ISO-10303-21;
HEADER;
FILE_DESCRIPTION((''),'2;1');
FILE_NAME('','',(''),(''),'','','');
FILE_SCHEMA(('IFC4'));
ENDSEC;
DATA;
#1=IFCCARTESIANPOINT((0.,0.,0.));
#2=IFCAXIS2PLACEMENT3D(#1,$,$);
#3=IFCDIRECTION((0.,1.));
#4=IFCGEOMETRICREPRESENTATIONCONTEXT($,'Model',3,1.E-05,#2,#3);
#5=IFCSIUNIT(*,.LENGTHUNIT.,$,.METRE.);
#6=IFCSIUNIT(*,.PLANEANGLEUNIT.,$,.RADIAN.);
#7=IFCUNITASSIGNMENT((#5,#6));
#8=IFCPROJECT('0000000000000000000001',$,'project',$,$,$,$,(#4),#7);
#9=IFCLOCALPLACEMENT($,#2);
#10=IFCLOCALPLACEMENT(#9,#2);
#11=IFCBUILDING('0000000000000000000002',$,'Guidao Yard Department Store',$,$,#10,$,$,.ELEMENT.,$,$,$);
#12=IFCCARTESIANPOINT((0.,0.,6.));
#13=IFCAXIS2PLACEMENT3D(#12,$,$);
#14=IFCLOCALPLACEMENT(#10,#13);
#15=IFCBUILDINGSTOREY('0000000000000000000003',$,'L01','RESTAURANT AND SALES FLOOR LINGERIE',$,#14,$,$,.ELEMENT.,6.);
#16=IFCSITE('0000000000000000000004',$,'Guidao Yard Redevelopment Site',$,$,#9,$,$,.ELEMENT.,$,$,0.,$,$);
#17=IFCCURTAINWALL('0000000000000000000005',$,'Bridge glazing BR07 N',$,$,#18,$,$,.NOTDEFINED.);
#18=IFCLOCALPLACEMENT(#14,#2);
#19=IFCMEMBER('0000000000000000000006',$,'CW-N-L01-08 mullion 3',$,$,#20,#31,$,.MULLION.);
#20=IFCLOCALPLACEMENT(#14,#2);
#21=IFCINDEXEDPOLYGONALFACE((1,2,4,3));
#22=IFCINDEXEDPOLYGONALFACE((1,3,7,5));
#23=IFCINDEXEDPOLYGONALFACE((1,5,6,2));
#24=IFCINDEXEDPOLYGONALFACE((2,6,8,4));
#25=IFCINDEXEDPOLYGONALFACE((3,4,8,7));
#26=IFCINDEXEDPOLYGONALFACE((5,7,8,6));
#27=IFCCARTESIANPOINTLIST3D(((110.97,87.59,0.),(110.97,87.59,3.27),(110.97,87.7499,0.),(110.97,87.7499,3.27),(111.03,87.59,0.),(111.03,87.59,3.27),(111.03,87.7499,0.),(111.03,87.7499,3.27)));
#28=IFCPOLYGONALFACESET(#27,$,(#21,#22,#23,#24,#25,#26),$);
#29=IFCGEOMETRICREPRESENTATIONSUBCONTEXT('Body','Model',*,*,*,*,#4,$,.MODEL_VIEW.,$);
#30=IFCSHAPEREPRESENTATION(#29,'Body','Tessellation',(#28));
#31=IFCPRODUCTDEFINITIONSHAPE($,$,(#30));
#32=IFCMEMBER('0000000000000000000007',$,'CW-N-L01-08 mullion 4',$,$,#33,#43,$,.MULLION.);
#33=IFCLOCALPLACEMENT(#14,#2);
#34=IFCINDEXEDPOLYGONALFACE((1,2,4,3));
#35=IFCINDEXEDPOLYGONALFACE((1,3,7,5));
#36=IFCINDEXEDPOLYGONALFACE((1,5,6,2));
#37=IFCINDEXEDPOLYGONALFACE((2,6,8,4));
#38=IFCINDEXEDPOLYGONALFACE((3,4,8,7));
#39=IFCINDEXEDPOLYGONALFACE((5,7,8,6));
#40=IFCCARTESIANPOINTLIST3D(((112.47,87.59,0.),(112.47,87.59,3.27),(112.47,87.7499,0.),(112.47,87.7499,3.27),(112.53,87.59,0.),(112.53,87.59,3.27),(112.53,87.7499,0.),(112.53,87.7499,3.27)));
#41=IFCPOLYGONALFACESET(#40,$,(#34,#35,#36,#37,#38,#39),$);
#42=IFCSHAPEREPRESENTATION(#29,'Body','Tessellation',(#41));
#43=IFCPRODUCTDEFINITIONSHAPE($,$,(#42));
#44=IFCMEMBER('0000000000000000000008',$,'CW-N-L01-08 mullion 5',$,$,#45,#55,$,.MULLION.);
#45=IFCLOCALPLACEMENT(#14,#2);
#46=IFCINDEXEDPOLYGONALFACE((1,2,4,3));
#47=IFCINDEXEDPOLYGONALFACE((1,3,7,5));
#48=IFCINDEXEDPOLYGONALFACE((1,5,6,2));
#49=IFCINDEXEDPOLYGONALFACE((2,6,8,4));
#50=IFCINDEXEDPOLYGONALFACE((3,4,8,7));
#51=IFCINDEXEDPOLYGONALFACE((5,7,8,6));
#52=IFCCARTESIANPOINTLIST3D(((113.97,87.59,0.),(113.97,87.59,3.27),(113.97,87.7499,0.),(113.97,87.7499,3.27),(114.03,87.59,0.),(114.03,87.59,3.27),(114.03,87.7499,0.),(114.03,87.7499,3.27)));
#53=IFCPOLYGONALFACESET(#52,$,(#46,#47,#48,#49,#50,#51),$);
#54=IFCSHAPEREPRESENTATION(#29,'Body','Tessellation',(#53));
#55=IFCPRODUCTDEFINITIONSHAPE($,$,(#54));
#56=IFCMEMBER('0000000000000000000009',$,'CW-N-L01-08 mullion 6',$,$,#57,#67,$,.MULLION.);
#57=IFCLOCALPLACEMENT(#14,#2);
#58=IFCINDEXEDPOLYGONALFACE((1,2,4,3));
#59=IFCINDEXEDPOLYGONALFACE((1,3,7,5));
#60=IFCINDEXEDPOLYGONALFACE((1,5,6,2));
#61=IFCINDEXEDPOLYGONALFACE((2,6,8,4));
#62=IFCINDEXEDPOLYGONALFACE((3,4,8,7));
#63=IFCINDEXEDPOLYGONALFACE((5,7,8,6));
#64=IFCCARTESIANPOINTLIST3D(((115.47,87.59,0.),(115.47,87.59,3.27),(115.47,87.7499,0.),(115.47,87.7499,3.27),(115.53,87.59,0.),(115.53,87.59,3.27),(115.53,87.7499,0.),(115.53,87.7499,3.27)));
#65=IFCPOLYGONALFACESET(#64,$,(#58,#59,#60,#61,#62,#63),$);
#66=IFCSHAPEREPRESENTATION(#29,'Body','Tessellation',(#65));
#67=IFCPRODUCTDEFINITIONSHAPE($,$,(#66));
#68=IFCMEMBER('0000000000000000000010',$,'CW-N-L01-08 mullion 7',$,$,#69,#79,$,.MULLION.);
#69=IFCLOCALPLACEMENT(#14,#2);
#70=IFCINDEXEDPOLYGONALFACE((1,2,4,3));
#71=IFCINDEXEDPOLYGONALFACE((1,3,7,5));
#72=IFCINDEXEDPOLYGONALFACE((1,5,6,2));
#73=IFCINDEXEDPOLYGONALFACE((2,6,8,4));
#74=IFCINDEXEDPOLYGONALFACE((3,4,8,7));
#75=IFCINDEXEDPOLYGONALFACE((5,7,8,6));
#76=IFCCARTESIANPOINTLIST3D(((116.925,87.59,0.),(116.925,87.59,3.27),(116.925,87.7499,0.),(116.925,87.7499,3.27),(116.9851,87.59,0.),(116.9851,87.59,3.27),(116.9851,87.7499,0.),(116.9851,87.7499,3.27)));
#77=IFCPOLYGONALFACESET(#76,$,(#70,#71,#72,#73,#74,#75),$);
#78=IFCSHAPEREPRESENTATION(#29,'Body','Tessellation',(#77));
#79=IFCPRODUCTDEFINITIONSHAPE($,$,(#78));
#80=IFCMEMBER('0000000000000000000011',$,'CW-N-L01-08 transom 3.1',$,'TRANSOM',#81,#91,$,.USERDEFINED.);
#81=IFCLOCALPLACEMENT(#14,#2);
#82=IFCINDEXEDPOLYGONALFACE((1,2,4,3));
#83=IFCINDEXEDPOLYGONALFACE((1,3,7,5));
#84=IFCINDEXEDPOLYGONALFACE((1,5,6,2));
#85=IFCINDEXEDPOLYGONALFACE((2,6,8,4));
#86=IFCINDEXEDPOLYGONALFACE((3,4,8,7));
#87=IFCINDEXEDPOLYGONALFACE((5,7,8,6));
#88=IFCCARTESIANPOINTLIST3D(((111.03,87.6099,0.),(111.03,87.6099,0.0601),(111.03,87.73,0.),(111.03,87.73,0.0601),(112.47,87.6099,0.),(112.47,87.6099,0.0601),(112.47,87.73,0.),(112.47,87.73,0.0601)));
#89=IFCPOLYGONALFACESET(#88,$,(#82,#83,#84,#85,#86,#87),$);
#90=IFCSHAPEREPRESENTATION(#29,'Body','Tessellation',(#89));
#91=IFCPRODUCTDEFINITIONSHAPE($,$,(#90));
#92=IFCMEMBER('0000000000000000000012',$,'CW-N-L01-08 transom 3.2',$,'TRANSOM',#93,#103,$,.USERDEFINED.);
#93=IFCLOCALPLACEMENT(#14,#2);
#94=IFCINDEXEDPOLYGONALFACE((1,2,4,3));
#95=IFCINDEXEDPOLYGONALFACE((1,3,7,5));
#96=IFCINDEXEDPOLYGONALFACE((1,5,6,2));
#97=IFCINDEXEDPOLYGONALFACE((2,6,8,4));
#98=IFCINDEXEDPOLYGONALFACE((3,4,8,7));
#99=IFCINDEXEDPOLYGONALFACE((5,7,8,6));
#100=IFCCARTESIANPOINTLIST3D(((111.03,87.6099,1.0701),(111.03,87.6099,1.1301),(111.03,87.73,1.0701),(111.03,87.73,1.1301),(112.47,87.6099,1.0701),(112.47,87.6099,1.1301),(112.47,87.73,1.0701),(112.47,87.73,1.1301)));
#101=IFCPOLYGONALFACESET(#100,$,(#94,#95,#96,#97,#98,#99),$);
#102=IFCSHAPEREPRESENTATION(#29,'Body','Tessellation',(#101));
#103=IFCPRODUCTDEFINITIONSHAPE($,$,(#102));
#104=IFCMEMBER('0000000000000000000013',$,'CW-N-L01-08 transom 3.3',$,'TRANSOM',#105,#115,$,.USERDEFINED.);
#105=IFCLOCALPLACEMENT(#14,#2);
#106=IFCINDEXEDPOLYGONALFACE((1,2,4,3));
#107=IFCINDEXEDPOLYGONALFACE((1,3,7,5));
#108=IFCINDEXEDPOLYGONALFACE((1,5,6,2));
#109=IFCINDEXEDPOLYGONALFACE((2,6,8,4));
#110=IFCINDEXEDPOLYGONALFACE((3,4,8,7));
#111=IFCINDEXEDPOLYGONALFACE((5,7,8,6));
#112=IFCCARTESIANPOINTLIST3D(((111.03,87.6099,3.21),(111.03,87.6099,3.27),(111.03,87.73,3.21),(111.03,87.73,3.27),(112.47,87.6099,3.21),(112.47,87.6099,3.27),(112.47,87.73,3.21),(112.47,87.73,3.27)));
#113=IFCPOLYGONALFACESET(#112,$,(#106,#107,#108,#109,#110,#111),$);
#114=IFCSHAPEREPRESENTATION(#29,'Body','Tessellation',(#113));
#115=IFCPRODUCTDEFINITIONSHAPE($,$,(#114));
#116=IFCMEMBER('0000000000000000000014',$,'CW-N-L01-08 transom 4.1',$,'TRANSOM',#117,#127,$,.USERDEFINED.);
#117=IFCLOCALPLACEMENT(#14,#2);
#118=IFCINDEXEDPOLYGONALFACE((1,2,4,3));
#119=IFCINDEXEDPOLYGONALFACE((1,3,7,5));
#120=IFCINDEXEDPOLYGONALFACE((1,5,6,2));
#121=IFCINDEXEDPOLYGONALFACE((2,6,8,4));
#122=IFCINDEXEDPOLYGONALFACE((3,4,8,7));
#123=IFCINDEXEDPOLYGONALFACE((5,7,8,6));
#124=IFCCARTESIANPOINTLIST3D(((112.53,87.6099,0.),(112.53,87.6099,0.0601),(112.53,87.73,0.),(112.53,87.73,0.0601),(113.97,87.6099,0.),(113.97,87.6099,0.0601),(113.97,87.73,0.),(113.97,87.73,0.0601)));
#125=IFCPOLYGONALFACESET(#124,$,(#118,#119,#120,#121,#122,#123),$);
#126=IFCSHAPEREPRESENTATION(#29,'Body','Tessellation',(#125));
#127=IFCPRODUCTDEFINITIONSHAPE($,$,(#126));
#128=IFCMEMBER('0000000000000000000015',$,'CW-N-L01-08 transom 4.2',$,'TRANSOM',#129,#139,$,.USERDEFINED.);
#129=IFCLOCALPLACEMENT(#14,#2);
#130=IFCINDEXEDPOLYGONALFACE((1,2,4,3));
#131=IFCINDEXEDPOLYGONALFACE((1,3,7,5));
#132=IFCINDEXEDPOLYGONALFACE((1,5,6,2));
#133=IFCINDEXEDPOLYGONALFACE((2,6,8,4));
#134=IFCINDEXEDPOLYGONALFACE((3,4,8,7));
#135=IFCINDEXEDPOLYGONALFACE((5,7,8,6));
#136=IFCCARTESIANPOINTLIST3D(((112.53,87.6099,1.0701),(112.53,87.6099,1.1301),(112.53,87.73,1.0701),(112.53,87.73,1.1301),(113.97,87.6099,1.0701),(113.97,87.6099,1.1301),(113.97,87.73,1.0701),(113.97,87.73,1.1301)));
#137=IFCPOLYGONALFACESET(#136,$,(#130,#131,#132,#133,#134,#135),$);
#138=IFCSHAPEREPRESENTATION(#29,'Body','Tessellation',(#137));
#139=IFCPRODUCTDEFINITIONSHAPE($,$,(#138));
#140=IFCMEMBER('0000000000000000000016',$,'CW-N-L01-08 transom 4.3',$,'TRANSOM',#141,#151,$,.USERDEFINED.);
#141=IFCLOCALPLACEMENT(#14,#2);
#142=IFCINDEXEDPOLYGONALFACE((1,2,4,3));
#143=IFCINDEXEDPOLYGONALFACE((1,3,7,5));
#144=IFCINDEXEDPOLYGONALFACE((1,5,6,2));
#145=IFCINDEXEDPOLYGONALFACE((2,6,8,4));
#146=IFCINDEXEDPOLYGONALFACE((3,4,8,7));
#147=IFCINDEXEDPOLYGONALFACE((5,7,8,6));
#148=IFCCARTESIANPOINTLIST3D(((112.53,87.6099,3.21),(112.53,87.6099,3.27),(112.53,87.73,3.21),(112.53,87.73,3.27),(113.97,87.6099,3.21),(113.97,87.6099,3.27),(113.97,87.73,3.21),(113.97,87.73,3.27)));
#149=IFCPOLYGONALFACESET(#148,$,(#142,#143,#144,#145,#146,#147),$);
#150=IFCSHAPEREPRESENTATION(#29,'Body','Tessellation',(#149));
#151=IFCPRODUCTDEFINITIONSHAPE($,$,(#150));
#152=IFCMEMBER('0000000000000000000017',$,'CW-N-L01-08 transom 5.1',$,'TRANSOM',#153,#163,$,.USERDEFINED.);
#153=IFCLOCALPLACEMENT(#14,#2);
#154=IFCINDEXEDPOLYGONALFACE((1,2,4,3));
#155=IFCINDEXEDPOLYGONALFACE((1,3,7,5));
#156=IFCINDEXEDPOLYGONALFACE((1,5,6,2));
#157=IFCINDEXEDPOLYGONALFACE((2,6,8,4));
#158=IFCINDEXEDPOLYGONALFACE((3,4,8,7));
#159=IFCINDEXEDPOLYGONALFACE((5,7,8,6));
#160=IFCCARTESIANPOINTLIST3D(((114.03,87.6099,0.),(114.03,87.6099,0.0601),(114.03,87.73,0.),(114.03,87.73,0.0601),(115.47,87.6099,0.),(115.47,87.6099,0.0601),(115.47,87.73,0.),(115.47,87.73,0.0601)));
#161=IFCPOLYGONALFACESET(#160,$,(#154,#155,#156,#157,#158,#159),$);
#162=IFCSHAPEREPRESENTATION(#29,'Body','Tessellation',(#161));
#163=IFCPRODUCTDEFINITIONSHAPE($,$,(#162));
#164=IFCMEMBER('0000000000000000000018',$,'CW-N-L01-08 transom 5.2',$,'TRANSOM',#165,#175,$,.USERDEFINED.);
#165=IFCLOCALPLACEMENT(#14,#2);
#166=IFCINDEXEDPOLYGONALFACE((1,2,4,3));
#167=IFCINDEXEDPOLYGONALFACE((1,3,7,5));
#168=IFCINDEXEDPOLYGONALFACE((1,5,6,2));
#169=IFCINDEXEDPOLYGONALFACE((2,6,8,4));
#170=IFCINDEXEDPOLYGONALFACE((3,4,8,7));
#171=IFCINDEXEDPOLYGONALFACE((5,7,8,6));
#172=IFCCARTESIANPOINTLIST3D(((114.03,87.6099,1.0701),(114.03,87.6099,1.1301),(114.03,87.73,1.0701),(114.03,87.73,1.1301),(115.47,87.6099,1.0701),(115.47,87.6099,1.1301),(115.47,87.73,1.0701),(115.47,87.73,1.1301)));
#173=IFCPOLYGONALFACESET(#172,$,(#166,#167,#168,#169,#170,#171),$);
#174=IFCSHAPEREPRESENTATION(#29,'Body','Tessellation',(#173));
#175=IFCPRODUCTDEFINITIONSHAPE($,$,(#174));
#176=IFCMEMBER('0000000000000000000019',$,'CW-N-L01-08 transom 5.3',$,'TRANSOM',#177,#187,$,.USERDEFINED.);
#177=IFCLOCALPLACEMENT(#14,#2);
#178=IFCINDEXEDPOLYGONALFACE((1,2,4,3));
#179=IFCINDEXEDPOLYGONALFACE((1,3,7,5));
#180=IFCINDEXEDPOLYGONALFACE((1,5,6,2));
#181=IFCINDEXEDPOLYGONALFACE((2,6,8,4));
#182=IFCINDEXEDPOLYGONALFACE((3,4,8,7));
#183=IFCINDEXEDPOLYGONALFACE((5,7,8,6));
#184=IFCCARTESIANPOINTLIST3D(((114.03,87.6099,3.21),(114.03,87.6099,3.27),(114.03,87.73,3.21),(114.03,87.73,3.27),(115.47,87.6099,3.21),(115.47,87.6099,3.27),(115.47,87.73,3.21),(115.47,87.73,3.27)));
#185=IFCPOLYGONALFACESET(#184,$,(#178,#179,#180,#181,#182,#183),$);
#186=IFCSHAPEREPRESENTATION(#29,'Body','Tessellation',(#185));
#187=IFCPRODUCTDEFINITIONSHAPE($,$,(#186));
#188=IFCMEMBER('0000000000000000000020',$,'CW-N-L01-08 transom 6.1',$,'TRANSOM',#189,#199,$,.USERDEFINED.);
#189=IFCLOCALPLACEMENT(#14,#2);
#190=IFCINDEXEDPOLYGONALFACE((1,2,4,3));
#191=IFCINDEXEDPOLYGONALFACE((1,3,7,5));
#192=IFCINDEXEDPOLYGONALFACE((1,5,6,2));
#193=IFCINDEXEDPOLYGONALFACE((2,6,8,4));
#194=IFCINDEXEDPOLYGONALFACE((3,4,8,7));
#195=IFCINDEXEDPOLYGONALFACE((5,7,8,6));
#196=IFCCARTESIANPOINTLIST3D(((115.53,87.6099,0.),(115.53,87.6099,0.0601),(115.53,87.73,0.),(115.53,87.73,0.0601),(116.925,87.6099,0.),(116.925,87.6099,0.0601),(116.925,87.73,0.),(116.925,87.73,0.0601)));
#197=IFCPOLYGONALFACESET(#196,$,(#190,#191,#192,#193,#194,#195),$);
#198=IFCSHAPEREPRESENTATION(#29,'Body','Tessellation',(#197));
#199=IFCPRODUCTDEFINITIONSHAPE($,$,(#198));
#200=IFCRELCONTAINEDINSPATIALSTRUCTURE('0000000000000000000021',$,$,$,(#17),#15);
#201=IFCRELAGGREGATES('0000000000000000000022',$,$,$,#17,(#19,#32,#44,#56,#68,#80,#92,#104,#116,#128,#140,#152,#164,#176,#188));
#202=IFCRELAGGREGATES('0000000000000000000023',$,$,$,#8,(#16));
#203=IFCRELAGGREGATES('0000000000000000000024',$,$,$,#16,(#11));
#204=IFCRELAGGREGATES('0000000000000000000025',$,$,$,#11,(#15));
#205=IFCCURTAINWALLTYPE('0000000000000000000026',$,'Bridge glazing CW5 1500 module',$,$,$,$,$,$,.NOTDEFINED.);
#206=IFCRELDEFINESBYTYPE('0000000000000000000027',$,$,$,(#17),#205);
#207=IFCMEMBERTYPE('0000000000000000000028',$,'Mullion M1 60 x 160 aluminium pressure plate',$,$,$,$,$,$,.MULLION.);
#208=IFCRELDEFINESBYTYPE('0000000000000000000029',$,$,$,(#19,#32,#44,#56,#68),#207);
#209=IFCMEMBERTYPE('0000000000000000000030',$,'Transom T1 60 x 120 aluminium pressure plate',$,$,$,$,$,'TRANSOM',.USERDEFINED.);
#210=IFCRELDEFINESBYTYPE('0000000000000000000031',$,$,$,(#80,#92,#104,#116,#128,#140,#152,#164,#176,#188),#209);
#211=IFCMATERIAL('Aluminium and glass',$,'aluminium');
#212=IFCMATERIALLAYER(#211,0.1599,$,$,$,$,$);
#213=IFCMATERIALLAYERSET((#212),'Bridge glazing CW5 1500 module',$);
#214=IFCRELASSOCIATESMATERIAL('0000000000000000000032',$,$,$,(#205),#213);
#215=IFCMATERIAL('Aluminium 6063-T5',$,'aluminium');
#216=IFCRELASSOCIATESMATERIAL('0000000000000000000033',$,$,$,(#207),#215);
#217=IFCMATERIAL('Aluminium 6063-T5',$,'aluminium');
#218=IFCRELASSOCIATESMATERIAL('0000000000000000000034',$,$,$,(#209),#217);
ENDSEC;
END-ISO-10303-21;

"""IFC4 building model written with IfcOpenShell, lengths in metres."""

from ifc_helpers import new_model, si_unit, direction, frame, origin, origin_2d, place, context, subcontext, project, spatial, rectangle, extrude, material, layer, layer_set, material_profile, profile_set, type_object, element, aggregate, save


model = new_model("IFC4")

# Units and contexts
model_context = context("Model", 3, precision=1e-05, world=origin(), true_north=direction((0.0, 1.0)))
body_context = subcontext(model_context, "Body", "Model", "MODEL_VIEW")
ifc_project = project(units=[si_unit("LENGTHUNIT", "METRE"), si_unit("PLANEANGLEUNIT", "RADIAN")], contexts=[model_context])

# Site, building, storey
site_placement = place(None, origin())
site = spatial("IfcSite", under=ifc_project, at=site_placement, Name="Guidao Yard Redevelopment Site", CompositionType="ELEMENT", RefElevation=0.0)
building_placement = place(site_placement, origin())
building = spatial("IfcBuilding", under=site, at=building_placement, Name="Guidao Yard Department Store", CompositionType="ELEMENT")
storey_placement = place(building_placement, frame((0.0, 0.0, 6.0)))
storey = spatial("IfcBuildingStorey", under=building, at=storey_placement, Name="L01", Description="RESTAURANT AND SALES FLOOR LINGERIE", CompositionType="ELEMENT", Elevation=6.0)

# Curtain wall, members
ifc_material_1 = material(Name="Aluminium and glass", Category="aluminium")
ifc_layer_1 = layer(ifc_material_1, 0.1599)
ifc_layer_set_1 = layer_set([ifc_layer_1], Name="Bridge glazing CW5 1500 module")
curtain_wall_type = type_object("IfcCurtainWallType", Name="Bridge glazing CW5 1500 module", PredefinedType="NOTDEFINED", material=ifc_layer_set_1)
curtain_wall_placement = place(storey_placement, origin())
curtain_wall = element("IfcCurtainWall", 1, at=curtain_wall_placement, inside=storey, type_object=curtain_wall_type, Name="Bridge glazing BR07 N", PredefinedType="NOTDEFINED")
ifc_material_2 = material(Name="Aluminium 6063-T5", Category="aluminium")
ifc_material_profile_1 = material_profile(ifc_material_2, rectangle(XDim=0.0601, YDim=0.1599, at=origin_2d()), Name="Mullion M1 60 x 160 aluminium pressure plate")
ifc_profile_set_1 = profile_set([ifc_material_profile_1], Name="Aluminium 6063-T5")
member_type_1 = type_object("IfcMemberType", Name="Mullion M1 60 x 160 aluminium pressure plate", PredefinedType="MULLION", material=ifc_profile_set_1)
member_1_placement = place(storey_placement, frame((111.0, 87.6699, 0.0), z_axis=(0.0, 0.0, 1.0), x_axis=(1.0, 0.0, 0.0)))
member_1 = element("IfcMember", 2, at=member_1_placement, type_object=member_type_1, Name="CW-N-L01-08 mullion 3", PredefinedType="MULLION", context=body_context, shape_type="SweptSolid", body=[
    extrude(rectangle(XDim=0.0601, YDim=0.1599, at=origin_2d()), origin(), (0.0, 0.0, 1.0), 3.27),
])
member_2_placement = place(storey_placement, frame((112.5, 87.6699, 0.0), z_axis=(0.0, 0.0, 1.0), x_axis=(1.0, 0.0, 0.0)))
member_2 = element("IfcMember", 3, at=member_2_placement, type_object=member_type_1, Name="CW-N-L01-08 mullion 4", PredefinedType="MULLION", context=body_context, shape_type="SweptSolid", body=[
    extrude(rectangle(XDim=0.0601, YDim=0.1599, at=origin_2d()), origin(), (0.0, 0.0, 1.0), 3.27),
])
member_3_placement = place(storey_placement, frame((114.0, 87.6699, 0.0), z_axis=(0.0, 0.0, 1.0), x_axis=(1.0, 0.0, 0.0)))
member_3 = element("IfcMember", 4, at=member_3_placement, type_object=member_type_1, Name="CW-N-L01-08 mullion 5", PredefinedType="MULLION", context=body_context, shape_type="SweptSolid", body=[
    extrude(rectangle(XDim=0.0601, YDim=0.1599, at=origin_2d()), origin(), (0.0, 0.0, 1.0), 3.27),
])
member_4_placement = place(storey_placement, frame((115.5, 87.6699, 0.0), z_axis=(0.0, 0.0, 1.0), x_axis=(1.0, 0.0, 0.0)))
member_4 = element("IfcMember", 5, at=member_4_placement, type_object=member_type_1, Name="CW-N-L01-08 mullion 6", PredefinedType="MULLION", context=body_context, shape_type="SweptSolid", body=[
    extrude(rectangle(XDim=0.0601, YDim=0.1599, at=origin_2d()), origin(), (0.0, 0.0, 1.0), 3.27),
])
member_5_placement = place(storey_placement, frame((116.9551, 87.6699, 0.0), z_axis=(0.0, 0.0, 1.0), x_axis=(1.0, 0.0, 0.0)))
member_5 = element("IfcMember", 6, at=member_5_placement, type_object=member_type_1, Name="CW-N-L01-08 mullion 7", PredefinedType="MULLION", context=body_context, shape_type="SweptSolid", body=[
    extrude(rectangle(XDim=0.0601, YDim=0.1599, at=origin_2d()), origin(), (0.0, 0.0, 1.0), 3.27),
])
ifc_material_3 = material(Name="Aluminium 6063-T5", Category="aluminium")
ifc_material_profile_2 = material_profile(ifc_material_3, rectangle(XDim=0.1201, YDim=0.0601, at=origin_2d()), Name="Transom T1 60 x 120 aluminium pressure plate")
ifc_profile_set_2 = profile_set([ifc_material_profile_2], Name="Aluminium 6063-T5")
member_type_2 = type_object("IfcMemberType", Name="Transom T1 60 x 120 aluminium pressure plate", ElementType="TRANSOM", PredefinedType="USERDEFINED", material=ifc_profile_set_2)
member_6_placement = place(storey_placement, frame((111.03, 87.6699, 0.03), z_axis=(1.0, 0.0, 0.0), x_axis=(0.0, 1.0, 0.0)))
member_6 = element("IfcMember", 7, at=member_6_placement, type_object=member_type_2, Name="CW-N-L01-08 transom 3.1", ObjectType="TRANSOM", PredefinedType="USERDEFINED", context=body_context, shape_type="SweptSolid", body=[
    extrude(rectangle(XDim=0.1201, YDim=0.0601, at=origin_2d()), origin(), (0.0, 0.0, 1.0), 1.4399),
])
member_7_placement = place(storey_placement, frame((111.03, 87.6699, 1.1001), z_axis=(1.0, 0.0, 0.0), x_axis=(0.0, 1.0, 0.0)))
member_7 = element("IfcMember", 8, at=member_7_placement, type_object=member_type_2, Name="CW-N-L01-08 transom 3.2", ObjectType="TRANSOM", PredefinedType="USERDEFINED", context=body_context, shape_type="SweptSolid", body=[
    extrude(rectangle(XDim=0.1201, YDim=0.0601, at=origin_2d()), origin(), (0.0, 0.0, 1.0), 1.4399),
])
member_8_placement = place(storey_placement, frame((111.03, 87.6699, 3.24), z_axis=(1.0, 0.0, 0.0), x_axis=(0.0, 1.0, 0.0)))
member_8 = element("IfcMember", 9, at=member_8_placement, type_object=member_type_2, Name="CW-N-L01-08 transom 3.3", ObjectType="TRANSOM", PredefinedType="USERDEFINED", context=body_context, shape_type="SweptSolid", body=[
    extrude(rectangle(XDim=0.1201, YDim=0.0601, at=origin_2d()), origin(), (0.0, 0.0, 1.0), 1.4399),
])
member_9_placement = place(storey_placement, frame((112.53, 87.6699, 0.03), z_axis=(1.0, 0.0, 0.0), x_axis=(0.0, 1.0, 0.0)))
member_9 = element("IfcMember", 10, at=member_9_placement, type_object=member_type_2, Name="CW-N-L01-08 transom 4.1", ObjectType="TRANSOM", PredefinedType="USERDEFINED", context=body_context, shape_type="SweptSolid", body=[
    extrude(rectangle(XDim=0.1201, YDim=0.0601, at=origin_2d()), origin(), (0.0, 0.0, 1.0), 1.4399),
])
member_10_placement = place(storey_placement, frame((112.53, 87.6699, 1.1001), z_axis=(1.0, 0.0, 0.0), x_axis=(0.0, 1.0, 0.0)))
member_10 = element("IfcMember", 11, at=member_10_placement, type_object=member_type_2, Name="CW-N-L01-08 transom 4.2", ObjectType="TRANSOM", PredefinedType="USERDEFINED", context=body_context, shape_type="SweptSolid", body=[
    extrude(rectangle(XDim=0.1201, YDim=0.0601, at=origin_2d()), origin(), (0.0, 0.0, 1.0), 1.4399),
])
member_11_placement = place(storey_placement, frame((112.53, 87.6699, 3.24), z_axis=(1.0, 0.0, 0.0), x_axis=(0.0, 1.0, 0.0)))
member_11 = element("IfcMember", 12, at=member_11_placement, type_object=member_type_2, Name="CW-N-L01-08 transom 4.3", ObjectType="TRANSOM", PredefinedType="USERDEFINED", context=body_context, shape_type="SweptSolid", body=[
    extrude(rectangle(XDim=0.1201, YDim=0.0601, at=origin_2d()), origin(), (0.0, 0.0, 1.0), 1.4399),
])
member_12_placement = place(storey_placement, frame((114.03, 87.6699, 0.03), z_axis=(1.0, 0.0, 0.0), x_axis=(0.0, 1.0, 0.0)))
member_12 = element("IfcMember", 13, at=member_12_placement, type_object=member_type_2, Name="CW-N-L01-08 transom 5.1", ObjectType="TRANSOM", PredefinedType="USERDEFINED", context=body_context, shape_type="SweptSolid", body=[
    extrude(rectangle(XDim=0.1201, YDim=0.0601, at=origin_2d()), origin(), (0.0, 0.0, 1.0), 1.4399),
])
member_13_placement = place(storey_placement, frame((114.03, 87.6699, 1.1001), z_axis=(1.0, 0.0, 0.0), x_axis=(0.0, 1.0, 0.0)))
member_13 = element("IfcMember", 14, at=member_13_placement, type_object=member_type_2, Name="CW-N-L01-08 transom 5.2", ObjectType="TRANSOM", PredefinedType="USERDEFINED", context=body_context, shape_type="SweptSolid", body=[
    extrude(rectangle(XDim=0.1201, YDim=0.0601, at=origin_2d()), origin(), (0.0, 0.0, 1.0), 1.4399),
])
member_14_placement = place(storey_placement, frame((114.03, 87.6699, 3.24), z_axis=(1.0, 0.0, 0.0), x_axis=(0.0, 1.0, 0.0)))
member_14 = element("IfcMember", 15, at=member_14_placement, type_object=member_type_2, Name="CW-N-L01-08 transom 5.3", ObjectType="TRANSOM", PredefinedType="USERDEFINED", context=body_context, shape_type="SweptSolid", body=[
    extrude(rectangle(XDim=0.1201, YDim=0.0601, at=origin_2d()), origin(), (0.0, 0.0, 1.0), 1.4399),
])
member_15_placement = place(storey_placement, frame((115.53, 87.6699, 0.03), z_axis=(1.0, 0.0, 0.0), x_axis=(0.0, 1.0, 0.0)))
member_15 = element("IfcMember", 16, at=member_15_placement, type_object=member_type_2, Name="CW-N-L01-08 transom 6.1", ObjectType="TRANSOM", PredefinedType="USERDEFINED", context=body_context, shape_type="SweptSolid", body=[
    extrude(rectangle(XDim=0.1201, YDim=0.0601, at=origin_2d()), origin(), (0.0, 0.0, 1.0), 1.395),
])
aggregate(curtain_wall, [member_1, member_2, member_3, member_4, member_5, member_6, member_7, member_8, member_9, member_10, member_11, member_12, member_13, member_14, member_15])

save(model, "model.ifc")
